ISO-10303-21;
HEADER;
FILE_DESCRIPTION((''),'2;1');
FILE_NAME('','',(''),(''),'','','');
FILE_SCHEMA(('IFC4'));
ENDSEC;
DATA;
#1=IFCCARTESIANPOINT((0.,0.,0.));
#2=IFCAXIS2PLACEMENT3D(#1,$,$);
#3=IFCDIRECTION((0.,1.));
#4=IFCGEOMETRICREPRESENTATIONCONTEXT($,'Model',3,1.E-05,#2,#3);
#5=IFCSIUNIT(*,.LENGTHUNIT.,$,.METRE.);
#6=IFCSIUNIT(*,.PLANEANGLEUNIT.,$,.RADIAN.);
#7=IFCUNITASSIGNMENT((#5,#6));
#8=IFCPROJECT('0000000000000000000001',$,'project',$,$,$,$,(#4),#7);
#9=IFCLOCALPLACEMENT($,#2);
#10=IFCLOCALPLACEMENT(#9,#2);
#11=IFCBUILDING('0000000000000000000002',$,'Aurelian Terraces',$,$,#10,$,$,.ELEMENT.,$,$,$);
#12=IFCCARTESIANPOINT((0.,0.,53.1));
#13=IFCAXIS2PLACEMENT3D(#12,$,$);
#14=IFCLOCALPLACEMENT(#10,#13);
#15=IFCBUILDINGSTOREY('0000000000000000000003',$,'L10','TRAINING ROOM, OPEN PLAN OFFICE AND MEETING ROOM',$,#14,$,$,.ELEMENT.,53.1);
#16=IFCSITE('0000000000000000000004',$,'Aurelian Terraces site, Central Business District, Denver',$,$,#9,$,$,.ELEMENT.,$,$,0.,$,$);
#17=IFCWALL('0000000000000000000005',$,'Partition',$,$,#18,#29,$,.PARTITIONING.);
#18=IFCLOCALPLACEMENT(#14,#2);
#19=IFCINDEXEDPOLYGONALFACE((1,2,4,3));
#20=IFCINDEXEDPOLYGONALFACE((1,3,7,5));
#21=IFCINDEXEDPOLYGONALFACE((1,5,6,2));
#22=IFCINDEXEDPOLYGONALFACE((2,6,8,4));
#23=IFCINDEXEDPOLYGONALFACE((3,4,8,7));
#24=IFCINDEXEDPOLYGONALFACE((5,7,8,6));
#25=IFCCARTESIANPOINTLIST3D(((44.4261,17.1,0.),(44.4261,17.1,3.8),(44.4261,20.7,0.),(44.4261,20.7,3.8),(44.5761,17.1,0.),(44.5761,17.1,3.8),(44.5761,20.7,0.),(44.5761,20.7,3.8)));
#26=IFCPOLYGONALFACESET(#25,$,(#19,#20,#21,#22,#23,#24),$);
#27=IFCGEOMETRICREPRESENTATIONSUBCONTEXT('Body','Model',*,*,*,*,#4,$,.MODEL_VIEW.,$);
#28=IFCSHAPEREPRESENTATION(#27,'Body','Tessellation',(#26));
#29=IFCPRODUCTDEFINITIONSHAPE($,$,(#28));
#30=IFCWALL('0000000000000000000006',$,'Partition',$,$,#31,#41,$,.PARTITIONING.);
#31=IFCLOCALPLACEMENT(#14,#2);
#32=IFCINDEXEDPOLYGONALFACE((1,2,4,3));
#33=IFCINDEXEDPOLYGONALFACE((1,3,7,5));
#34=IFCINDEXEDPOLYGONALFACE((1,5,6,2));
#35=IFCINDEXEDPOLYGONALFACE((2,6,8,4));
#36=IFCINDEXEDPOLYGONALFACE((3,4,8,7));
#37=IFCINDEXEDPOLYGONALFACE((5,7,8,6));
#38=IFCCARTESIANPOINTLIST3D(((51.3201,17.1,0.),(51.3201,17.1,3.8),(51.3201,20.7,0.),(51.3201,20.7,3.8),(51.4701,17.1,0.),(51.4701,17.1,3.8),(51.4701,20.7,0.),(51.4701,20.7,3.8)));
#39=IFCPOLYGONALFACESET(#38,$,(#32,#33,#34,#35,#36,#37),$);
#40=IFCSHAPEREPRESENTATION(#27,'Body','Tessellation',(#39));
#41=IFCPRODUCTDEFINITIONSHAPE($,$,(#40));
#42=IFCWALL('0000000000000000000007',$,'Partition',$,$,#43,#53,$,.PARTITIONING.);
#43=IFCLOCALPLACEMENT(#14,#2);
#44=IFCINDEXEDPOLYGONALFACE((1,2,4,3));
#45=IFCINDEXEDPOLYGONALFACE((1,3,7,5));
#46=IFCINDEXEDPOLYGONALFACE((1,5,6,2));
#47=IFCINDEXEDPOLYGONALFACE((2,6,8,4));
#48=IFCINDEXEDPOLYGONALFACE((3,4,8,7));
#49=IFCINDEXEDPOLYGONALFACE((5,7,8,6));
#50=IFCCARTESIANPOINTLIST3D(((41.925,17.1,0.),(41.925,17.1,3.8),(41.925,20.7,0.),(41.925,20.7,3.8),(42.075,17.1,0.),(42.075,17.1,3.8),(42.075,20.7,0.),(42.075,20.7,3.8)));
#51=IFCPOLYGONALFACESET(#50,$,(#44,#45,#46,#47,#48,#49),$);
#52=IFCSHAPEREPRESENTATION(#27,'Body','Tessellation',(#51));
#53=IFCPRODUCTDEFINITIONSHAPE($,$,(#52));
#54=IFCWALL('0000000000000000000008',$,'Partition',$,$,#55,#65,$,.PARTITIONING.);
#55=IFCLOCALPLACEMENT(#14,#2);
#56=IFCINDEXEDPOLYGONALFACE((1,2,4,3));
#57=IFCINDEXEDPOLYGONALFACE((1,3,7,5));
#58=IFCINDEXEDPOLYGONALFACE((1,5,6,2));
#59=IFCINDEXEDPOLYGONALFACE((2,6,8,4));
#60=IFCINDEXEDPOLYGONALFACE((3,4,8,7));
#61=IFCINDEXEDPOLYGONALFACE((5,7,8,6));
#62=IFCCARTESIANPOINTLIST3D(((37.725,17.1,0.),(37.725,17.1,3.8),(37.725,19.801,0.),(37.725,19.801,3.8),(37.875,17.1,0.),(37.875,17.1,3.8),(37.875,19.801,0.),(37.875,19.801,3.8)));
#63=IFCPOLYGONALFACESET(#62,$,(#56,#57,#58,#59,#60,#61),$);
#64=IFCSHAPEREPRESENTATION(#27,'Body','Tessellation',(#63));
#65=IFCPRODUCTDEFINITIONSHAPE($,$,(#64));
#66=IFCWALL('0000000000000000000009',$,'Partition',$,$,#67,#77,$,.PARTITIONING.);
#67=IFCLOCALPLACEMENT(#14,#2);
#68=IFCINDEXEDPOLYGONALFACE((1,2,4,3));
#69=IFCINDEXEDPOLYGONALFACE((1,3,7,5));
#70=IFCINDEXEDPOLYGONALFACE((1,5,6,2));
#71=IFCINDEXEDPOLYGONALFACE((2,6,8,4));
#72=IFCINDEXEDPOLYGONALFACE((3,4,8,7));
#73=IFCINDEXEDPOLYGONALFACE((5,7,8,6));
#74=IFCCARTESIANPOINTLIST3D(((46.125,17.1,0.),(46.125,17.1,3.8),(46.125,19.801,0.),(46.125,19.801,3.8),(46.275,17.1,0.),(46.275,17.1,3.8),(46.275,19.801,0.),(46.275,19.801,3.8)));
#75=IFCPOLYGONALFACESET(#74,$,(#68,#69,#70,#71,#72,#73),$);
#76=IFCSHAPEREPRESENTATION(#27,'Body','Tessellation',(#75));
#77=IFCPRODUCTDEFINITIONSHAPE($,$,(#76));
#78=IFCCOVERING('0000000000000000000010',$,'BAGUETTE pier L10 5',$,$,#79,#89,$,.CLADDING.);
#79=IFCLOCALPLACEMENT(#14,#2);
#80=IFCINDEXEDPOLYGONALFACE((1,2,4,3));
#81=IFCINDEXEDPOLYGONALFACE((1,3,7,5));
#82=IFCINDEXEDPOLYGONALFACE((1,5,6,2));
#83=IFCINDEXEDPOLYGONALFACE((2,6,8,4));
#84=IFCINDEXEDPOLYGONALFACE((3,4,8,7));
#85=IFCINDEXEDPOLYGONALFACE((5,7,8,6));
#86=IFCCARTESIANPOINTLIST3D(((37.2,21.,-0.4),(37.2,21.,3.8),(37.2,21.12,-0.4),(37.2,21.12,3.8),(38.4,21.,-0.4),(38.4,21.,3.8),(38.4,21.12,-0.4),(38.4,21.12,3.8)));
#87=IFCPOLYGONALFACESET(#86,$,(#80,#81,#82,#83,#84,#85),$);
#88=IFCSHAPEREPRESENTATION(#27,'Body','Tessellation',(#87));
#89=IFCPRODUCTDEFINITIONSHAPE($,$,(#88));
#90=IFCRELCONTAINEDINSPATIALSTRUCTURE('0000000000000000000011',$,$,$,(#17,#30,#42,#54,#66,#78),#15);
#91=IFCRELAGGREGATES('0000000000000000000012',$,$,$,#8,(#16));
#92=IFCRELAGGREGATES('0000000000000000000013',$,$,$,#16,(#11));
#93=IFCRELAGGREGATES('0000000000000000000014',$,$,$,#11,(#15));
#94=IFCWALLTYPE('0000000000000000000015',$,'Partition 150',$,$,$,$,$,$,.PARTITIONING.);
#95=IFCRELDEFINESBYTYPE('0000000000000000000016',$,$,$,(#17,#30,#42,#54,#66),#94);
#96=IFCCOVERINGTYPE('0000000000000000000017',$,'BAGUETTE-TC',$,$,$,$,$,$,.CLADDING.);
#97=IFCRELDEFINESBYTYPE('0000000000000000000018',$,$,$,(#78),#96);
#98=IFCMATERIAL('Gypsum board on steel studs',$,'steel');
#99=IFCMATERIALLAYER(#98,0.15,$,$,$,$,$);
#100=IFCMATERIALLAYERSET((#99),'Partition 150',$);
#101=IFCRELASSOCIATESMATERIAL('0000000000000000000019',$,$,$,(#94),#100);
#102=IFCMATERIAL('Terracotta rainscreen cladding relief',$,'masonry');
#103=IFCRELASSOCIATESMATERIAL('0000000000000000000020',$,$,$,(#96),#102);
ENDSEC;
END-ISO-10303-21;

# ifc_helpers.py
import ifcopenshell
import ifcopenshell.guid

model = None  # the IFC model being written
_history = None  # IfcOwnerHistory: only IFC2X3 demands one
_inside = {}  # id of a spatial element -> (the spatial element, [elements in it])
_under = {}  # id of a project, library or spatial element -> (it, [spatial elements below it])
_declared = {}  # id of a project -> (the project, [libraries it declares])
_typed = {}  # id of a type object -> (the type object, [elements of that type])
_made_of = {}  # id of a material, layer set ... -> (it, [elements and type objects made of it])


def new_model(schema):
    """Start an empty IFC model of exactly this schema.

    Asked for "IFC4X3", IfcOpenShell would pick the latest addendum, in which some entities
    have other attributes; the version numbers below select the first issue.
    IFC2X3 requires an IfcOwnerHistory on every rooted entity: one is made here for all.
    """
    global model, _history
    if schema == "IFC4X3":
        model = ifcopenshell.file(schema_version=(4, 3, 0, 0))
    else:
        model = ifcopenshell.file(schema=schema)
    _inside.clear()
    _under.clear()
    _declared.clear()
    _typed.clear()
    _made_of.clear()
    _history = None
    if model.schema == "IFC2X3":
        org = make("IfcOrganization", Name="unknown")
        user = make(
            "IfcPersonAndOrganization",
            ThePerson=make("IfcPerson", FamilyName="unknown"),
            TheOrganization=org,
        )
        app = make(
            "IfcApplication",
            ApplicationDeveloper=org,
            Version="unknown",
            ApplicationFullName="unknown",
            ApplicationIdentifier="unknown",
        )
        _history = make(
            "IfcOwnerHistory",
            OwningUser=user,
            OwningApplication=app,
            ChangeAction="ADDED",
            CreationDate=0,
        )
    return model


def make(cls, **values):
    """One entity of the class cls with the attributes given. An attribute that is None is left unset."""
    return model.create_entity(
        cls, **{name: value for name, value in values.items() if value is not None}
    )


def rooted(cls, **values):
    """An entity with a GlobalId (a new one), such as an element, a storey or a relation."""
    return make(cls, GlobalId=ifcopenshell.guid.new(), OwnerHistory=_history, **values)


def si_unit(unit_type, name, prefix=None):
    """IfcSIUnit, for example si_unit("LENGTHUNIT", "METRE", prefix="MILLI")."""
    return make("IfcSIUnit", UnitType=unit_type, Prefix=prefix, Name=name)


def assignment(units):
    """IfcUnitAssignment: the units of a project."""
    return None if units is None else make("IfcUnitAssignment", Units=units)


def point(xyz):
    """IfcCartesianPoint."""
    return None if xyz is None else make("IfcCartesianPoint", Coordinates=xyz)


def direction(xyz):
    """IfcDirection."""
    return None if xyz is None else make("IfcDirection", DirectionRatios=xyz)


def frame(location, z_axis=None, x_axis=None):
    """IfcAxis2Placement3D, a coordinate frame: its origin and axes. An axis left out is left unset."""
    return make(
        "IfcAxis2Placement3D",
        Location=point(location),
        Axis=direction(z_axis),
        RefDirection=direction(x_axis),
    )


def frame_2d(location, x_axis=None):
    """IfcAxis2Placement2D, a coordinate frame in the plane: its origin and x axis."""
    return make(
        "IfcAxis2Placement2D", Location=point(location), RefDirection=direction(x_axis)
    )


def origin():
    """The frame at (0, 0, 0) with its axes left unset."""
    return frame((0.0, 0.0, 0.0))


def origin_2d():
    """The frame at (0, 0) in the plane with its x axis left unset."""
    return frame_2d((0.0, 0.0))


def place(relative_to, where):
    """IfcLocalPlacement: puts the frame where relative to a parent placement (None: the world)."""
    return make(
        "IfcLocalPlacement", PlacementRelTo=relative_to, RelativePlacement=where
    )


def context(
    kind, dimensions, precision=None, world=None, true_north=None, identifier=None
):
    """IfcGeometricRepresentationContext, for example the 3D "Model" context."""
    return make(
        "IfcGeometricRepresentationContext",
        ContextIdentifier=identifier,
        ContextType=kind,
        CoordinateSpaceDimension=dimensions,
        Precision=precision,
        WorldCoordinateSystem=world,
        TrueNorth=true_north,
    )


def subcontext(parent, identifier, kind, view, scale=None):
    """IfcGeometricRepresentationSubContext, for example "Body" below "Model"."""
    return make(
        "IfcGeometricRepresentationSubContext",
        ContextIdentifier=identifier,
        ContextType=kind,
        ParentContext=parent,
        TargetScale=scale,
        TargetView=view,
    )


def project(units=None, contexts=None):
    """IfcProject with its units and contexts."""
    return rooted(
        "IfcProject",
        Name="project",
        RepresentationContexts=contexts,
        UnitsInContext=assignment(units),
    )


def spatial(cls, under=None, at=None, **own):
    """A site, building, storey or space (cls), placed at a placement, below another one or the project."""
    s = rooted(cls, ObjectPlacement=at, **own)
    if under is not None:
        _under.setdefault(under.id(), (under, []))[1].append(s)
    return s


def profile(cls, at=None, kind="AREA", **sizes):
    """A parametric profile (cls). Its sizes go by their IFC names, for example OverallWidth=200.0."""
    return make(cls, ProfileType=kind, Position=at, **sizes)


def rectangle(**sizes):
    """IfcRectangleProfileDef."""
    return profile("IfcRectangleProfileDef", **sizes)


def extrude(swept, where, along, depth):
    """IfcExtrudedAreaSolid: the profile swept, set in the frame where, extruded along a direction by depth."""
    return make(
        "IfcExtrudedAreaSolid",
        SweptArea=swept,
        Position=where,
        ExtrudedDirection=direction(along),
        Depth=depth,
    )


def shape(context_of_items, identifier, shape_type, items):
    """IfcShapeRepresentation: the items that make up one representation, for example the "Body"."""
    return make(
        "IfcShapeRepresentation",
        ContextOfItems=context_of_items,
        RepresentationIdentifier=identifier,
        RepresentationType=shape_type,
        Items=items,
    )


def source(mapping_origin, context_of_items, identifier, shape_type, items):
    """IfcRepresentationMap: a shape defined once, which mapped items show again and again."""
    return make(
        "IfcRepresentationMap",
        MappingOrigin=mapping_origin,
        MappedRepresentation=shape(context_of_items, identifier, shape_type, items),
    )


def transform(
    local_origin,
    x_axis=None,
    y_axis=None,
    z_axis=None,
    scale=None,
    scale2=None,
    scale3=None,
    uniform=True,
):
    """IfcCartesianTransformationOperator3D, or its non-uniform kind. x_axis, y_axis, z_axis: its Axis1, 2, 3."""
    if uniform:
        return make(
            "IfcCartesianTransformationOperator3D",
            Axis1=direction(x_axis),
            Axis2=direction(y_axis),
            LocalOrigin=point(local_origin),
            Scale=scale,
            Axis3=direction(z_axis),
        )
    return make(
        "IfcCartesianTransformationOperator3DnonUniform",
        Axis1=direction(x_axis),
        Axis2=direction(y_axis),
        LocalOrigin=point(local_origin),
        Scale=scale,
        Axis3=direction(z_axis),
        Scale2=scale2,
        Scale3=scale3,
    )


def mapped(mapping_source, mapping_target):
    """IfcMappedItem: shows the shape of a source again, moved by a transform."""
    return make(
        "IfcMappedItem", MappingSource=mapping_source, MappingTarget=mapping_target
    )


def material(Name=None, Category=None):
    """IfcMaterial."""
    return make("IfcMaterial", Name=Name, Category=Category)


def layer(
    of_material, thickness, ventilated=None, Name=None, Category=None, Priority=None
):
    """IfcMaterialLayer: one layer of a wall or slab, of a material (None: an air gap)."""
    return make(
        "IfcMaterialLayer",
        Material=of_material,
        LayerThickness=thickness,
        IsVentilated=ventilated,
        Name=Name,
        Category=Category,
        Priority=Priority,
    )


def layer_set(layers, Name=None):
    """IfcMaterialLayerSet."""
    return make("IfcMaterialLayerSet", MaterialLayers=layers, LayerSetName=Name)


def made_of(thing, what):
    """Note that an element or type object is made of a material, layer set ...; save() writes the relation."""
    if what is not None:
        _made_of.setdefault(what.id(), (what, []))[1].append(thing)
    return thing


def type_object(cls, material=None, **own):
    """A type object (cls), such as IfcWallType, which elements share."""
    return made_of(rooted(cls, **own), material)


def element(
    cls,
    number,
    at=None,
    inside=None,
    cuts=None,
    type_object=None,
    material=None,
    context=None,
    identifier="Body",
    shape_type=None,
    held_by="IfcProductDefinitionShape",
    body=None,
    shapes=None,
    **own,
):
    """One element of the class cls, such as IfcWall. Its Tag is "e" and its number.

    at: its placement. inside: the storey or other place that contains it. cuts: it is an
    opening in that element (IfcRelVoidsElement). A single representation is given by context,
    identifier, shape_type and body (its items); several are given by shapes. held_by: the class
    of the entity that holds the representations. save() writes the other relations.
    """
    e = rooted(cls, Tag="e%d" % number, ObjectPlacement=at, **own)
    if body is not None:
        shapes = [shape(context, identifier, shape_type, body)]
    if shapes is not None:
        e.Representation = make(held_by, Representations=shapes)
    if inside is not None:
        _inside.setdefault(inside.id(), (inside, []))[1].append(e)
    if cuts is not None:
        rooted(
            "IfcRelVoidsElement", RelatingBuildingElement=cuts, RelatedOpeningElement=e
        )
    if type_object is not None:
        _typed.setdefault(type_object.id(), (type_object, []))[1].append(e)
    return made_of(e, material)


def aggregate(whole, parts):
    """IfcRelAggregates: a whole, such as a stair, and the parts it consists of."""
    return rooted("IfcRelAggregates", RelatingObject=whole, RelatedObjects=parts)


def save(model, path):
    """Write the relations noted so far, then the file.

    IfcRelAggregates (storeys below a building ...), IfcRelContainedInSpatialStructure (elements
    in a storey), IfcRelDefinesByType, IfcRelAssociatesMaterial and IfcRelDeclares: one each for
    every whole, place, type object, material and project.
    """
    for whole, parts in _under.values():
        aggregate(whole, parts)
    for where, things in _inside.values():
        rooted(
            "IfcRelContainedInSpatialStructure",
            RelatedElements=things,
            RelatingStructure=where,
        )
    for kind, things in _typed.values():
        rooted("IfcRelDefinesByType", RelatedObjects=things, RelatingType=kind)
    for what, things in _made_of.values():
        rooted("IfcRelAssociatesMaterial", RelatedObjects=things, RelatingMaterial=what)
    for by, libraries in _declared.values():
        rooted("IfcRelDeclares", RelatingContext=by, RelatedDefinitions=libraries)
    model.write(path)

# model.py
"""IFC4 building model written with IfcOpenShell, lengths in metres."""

from ifc_helpers import new_model, si_unit, direction, frame, frame_2d, origin, origin_2d, place, context, subcontext, project, spatial, rectangle, extrude, source, transform, mapped, material, layer, layer_set, type_object, element, save


model = new_model("IFC4")

# Units and contexts
model_context = context("Model", 3, precision=1e-05, world=origin(), true_north=direction((0.0, 1.0)))
body_context = subcontext(model_context, "Body", "Model", "MODEL_VIEW")
ifc_project = project(units=[si_unit("LENGTHUNIT", "METRE"), si_unit("PLANEANGLEUNIT", "RADIAN")], contexts=[model_context])

# Site, building, storey
site_placement = place(None, origin())
site = spatial("IfcSite", under=ifc_project, at=site_placement, Name="Aurelian Terraces site, Central Business District, Denver", CompositionType="ELEMENT", RefElevation=0.0)
building_placement = place(site_placement, origin())
building = spatial("IfcBuilding", under=site, at=building_placement, Name="Aurelian Terraces", CompositionType="ELEMENT")
storey_placement = place(building_placement, frame((0.0, 0.0, 53.1)))
storey = spatial("IfcBuildingStorey", under=building, at=storey_placement, Name="L10", Description="TRAINING ROOM, OPEN PLAN OFFICE AND MEETING ROOM", CompositionType="ELEMENT", Elevation=53.1)

# Walls
ifc_material_1 = material(Name="Gypsum board on steel studs", Category="steel")
ifc_layer_1 = layer(ifc_material_1, 0.15)
ifc_layer_set_1 = layer_set([ifc_layer_1], Name="Partition 150")
wall_type_1 = type_object("IfcWallType", Name="Partition 150", PredefinedType="PARTITIONING", material=ifc_layer_set_1)
shared_shape_1 = source(origin(), body_context, "Body", "SweptSolid", [
    extrude(rectangle(XDim=3.6, YDim=0.15, at=frame_2d((1.8, 0.0))), origin(), (0.0, 0.0, 1.0), 3.8),
])
for number, where, z_axis, x_axis, name in (
    (1, (44.5011, 20.7, 0.0), (0.0, 0.0, 1.0), (0.0, -1.0, 0.0), "Partition"),
    (2, (51.3951, 20.7, 0.0), (0.0, 0.0, 1.0), (0.0, -1.0, 0.0), "Partition"),
    (3, (42.0, 17.1, 0.0), (0.0, 0.0, 1.0), (0.0, 1.0, 0.0), "Partition"),
):
    element("IfcWall", number, at=place(storey_placement, frame(where, z_axis=z_axis, x_axis=x_axis)), inside=storey, type_object=wall_type_1, Name=name, PredefinedType="PARTITIONING", context=body_context, shape_type="MappedRepresentation", body=[
        mapped(shared_shape_1, transform((0.0, 0.0, 0.0), scale=1.0)),
    ])
shared_shape_2 = source(origin(), body_context, "Body", "SweptSolid", [
    extrude(rectangle(XDim=2.701, YDim=0.15, at=frame_2d((1.3505, 0.0))), origin(), (0.0, 0.0, 1.0), 3.8),
])
for number, where, z_axis, x_axis, name in (
    (4, (37.8, 17.1, 0.0), (0.0, 0.0, 1.0), (0.0, 1.0, 0.0), "Partition"),
    (5, (46.2, 17.1, 0.0), (0.0, 0.0, 1.0), (0.0, 1.0, 0.0), "Partition"),
):
    element("IfcWall", number, at=place(storey_placement, frame(where, z_axis=z_axis, x_axis=x_axis)), inside=storey, type_object=wall_type_1, Name=name, PredefinedType="PARTITIONING", context=body_context, shape_type="MappedRepresentation", body=[
        mapped(shared_shape_2, transform((0.0, 0.0, 0.0), scale=1.0)),
    ])

# Covering
ifc_material_2 = material(Name="Terracotta rainscreen cladding relief", Category="masonry")
covering_type = type_object("IfcCoveringType", Name="BAGUETTE-TC", PredefinedType="CLADDING", material=ifc_material_2)
shared_shape_3 = source(origin(), body_context, "Body", "SweptSolid", [
    extrude(rectangle(XDim=1.2, YDim=0.12, at=origin_2d()), origin(), (0.0, 0.0, 1.0), 4.2),
])
covering_placement = place(storey_placement, frame((37.8, 21.06, -0.4), z_axis=(0.0, 0.0, 1.0), x_axis=(1.0, 0.0, 0.0)))
element("IfcCovering", 6, at=covering_placement, inside=storey, type_object=covering_type, Name="BAGUETTE pier L10 5", PredefinedType="CLADDING", context=body_context, shape_type="MappedRepresentation", body=[
    mapped(shared_shape_3, transform((0.0, 0.0, 0.0), scale=1.0)),
])

save(model, "model.ifc")
